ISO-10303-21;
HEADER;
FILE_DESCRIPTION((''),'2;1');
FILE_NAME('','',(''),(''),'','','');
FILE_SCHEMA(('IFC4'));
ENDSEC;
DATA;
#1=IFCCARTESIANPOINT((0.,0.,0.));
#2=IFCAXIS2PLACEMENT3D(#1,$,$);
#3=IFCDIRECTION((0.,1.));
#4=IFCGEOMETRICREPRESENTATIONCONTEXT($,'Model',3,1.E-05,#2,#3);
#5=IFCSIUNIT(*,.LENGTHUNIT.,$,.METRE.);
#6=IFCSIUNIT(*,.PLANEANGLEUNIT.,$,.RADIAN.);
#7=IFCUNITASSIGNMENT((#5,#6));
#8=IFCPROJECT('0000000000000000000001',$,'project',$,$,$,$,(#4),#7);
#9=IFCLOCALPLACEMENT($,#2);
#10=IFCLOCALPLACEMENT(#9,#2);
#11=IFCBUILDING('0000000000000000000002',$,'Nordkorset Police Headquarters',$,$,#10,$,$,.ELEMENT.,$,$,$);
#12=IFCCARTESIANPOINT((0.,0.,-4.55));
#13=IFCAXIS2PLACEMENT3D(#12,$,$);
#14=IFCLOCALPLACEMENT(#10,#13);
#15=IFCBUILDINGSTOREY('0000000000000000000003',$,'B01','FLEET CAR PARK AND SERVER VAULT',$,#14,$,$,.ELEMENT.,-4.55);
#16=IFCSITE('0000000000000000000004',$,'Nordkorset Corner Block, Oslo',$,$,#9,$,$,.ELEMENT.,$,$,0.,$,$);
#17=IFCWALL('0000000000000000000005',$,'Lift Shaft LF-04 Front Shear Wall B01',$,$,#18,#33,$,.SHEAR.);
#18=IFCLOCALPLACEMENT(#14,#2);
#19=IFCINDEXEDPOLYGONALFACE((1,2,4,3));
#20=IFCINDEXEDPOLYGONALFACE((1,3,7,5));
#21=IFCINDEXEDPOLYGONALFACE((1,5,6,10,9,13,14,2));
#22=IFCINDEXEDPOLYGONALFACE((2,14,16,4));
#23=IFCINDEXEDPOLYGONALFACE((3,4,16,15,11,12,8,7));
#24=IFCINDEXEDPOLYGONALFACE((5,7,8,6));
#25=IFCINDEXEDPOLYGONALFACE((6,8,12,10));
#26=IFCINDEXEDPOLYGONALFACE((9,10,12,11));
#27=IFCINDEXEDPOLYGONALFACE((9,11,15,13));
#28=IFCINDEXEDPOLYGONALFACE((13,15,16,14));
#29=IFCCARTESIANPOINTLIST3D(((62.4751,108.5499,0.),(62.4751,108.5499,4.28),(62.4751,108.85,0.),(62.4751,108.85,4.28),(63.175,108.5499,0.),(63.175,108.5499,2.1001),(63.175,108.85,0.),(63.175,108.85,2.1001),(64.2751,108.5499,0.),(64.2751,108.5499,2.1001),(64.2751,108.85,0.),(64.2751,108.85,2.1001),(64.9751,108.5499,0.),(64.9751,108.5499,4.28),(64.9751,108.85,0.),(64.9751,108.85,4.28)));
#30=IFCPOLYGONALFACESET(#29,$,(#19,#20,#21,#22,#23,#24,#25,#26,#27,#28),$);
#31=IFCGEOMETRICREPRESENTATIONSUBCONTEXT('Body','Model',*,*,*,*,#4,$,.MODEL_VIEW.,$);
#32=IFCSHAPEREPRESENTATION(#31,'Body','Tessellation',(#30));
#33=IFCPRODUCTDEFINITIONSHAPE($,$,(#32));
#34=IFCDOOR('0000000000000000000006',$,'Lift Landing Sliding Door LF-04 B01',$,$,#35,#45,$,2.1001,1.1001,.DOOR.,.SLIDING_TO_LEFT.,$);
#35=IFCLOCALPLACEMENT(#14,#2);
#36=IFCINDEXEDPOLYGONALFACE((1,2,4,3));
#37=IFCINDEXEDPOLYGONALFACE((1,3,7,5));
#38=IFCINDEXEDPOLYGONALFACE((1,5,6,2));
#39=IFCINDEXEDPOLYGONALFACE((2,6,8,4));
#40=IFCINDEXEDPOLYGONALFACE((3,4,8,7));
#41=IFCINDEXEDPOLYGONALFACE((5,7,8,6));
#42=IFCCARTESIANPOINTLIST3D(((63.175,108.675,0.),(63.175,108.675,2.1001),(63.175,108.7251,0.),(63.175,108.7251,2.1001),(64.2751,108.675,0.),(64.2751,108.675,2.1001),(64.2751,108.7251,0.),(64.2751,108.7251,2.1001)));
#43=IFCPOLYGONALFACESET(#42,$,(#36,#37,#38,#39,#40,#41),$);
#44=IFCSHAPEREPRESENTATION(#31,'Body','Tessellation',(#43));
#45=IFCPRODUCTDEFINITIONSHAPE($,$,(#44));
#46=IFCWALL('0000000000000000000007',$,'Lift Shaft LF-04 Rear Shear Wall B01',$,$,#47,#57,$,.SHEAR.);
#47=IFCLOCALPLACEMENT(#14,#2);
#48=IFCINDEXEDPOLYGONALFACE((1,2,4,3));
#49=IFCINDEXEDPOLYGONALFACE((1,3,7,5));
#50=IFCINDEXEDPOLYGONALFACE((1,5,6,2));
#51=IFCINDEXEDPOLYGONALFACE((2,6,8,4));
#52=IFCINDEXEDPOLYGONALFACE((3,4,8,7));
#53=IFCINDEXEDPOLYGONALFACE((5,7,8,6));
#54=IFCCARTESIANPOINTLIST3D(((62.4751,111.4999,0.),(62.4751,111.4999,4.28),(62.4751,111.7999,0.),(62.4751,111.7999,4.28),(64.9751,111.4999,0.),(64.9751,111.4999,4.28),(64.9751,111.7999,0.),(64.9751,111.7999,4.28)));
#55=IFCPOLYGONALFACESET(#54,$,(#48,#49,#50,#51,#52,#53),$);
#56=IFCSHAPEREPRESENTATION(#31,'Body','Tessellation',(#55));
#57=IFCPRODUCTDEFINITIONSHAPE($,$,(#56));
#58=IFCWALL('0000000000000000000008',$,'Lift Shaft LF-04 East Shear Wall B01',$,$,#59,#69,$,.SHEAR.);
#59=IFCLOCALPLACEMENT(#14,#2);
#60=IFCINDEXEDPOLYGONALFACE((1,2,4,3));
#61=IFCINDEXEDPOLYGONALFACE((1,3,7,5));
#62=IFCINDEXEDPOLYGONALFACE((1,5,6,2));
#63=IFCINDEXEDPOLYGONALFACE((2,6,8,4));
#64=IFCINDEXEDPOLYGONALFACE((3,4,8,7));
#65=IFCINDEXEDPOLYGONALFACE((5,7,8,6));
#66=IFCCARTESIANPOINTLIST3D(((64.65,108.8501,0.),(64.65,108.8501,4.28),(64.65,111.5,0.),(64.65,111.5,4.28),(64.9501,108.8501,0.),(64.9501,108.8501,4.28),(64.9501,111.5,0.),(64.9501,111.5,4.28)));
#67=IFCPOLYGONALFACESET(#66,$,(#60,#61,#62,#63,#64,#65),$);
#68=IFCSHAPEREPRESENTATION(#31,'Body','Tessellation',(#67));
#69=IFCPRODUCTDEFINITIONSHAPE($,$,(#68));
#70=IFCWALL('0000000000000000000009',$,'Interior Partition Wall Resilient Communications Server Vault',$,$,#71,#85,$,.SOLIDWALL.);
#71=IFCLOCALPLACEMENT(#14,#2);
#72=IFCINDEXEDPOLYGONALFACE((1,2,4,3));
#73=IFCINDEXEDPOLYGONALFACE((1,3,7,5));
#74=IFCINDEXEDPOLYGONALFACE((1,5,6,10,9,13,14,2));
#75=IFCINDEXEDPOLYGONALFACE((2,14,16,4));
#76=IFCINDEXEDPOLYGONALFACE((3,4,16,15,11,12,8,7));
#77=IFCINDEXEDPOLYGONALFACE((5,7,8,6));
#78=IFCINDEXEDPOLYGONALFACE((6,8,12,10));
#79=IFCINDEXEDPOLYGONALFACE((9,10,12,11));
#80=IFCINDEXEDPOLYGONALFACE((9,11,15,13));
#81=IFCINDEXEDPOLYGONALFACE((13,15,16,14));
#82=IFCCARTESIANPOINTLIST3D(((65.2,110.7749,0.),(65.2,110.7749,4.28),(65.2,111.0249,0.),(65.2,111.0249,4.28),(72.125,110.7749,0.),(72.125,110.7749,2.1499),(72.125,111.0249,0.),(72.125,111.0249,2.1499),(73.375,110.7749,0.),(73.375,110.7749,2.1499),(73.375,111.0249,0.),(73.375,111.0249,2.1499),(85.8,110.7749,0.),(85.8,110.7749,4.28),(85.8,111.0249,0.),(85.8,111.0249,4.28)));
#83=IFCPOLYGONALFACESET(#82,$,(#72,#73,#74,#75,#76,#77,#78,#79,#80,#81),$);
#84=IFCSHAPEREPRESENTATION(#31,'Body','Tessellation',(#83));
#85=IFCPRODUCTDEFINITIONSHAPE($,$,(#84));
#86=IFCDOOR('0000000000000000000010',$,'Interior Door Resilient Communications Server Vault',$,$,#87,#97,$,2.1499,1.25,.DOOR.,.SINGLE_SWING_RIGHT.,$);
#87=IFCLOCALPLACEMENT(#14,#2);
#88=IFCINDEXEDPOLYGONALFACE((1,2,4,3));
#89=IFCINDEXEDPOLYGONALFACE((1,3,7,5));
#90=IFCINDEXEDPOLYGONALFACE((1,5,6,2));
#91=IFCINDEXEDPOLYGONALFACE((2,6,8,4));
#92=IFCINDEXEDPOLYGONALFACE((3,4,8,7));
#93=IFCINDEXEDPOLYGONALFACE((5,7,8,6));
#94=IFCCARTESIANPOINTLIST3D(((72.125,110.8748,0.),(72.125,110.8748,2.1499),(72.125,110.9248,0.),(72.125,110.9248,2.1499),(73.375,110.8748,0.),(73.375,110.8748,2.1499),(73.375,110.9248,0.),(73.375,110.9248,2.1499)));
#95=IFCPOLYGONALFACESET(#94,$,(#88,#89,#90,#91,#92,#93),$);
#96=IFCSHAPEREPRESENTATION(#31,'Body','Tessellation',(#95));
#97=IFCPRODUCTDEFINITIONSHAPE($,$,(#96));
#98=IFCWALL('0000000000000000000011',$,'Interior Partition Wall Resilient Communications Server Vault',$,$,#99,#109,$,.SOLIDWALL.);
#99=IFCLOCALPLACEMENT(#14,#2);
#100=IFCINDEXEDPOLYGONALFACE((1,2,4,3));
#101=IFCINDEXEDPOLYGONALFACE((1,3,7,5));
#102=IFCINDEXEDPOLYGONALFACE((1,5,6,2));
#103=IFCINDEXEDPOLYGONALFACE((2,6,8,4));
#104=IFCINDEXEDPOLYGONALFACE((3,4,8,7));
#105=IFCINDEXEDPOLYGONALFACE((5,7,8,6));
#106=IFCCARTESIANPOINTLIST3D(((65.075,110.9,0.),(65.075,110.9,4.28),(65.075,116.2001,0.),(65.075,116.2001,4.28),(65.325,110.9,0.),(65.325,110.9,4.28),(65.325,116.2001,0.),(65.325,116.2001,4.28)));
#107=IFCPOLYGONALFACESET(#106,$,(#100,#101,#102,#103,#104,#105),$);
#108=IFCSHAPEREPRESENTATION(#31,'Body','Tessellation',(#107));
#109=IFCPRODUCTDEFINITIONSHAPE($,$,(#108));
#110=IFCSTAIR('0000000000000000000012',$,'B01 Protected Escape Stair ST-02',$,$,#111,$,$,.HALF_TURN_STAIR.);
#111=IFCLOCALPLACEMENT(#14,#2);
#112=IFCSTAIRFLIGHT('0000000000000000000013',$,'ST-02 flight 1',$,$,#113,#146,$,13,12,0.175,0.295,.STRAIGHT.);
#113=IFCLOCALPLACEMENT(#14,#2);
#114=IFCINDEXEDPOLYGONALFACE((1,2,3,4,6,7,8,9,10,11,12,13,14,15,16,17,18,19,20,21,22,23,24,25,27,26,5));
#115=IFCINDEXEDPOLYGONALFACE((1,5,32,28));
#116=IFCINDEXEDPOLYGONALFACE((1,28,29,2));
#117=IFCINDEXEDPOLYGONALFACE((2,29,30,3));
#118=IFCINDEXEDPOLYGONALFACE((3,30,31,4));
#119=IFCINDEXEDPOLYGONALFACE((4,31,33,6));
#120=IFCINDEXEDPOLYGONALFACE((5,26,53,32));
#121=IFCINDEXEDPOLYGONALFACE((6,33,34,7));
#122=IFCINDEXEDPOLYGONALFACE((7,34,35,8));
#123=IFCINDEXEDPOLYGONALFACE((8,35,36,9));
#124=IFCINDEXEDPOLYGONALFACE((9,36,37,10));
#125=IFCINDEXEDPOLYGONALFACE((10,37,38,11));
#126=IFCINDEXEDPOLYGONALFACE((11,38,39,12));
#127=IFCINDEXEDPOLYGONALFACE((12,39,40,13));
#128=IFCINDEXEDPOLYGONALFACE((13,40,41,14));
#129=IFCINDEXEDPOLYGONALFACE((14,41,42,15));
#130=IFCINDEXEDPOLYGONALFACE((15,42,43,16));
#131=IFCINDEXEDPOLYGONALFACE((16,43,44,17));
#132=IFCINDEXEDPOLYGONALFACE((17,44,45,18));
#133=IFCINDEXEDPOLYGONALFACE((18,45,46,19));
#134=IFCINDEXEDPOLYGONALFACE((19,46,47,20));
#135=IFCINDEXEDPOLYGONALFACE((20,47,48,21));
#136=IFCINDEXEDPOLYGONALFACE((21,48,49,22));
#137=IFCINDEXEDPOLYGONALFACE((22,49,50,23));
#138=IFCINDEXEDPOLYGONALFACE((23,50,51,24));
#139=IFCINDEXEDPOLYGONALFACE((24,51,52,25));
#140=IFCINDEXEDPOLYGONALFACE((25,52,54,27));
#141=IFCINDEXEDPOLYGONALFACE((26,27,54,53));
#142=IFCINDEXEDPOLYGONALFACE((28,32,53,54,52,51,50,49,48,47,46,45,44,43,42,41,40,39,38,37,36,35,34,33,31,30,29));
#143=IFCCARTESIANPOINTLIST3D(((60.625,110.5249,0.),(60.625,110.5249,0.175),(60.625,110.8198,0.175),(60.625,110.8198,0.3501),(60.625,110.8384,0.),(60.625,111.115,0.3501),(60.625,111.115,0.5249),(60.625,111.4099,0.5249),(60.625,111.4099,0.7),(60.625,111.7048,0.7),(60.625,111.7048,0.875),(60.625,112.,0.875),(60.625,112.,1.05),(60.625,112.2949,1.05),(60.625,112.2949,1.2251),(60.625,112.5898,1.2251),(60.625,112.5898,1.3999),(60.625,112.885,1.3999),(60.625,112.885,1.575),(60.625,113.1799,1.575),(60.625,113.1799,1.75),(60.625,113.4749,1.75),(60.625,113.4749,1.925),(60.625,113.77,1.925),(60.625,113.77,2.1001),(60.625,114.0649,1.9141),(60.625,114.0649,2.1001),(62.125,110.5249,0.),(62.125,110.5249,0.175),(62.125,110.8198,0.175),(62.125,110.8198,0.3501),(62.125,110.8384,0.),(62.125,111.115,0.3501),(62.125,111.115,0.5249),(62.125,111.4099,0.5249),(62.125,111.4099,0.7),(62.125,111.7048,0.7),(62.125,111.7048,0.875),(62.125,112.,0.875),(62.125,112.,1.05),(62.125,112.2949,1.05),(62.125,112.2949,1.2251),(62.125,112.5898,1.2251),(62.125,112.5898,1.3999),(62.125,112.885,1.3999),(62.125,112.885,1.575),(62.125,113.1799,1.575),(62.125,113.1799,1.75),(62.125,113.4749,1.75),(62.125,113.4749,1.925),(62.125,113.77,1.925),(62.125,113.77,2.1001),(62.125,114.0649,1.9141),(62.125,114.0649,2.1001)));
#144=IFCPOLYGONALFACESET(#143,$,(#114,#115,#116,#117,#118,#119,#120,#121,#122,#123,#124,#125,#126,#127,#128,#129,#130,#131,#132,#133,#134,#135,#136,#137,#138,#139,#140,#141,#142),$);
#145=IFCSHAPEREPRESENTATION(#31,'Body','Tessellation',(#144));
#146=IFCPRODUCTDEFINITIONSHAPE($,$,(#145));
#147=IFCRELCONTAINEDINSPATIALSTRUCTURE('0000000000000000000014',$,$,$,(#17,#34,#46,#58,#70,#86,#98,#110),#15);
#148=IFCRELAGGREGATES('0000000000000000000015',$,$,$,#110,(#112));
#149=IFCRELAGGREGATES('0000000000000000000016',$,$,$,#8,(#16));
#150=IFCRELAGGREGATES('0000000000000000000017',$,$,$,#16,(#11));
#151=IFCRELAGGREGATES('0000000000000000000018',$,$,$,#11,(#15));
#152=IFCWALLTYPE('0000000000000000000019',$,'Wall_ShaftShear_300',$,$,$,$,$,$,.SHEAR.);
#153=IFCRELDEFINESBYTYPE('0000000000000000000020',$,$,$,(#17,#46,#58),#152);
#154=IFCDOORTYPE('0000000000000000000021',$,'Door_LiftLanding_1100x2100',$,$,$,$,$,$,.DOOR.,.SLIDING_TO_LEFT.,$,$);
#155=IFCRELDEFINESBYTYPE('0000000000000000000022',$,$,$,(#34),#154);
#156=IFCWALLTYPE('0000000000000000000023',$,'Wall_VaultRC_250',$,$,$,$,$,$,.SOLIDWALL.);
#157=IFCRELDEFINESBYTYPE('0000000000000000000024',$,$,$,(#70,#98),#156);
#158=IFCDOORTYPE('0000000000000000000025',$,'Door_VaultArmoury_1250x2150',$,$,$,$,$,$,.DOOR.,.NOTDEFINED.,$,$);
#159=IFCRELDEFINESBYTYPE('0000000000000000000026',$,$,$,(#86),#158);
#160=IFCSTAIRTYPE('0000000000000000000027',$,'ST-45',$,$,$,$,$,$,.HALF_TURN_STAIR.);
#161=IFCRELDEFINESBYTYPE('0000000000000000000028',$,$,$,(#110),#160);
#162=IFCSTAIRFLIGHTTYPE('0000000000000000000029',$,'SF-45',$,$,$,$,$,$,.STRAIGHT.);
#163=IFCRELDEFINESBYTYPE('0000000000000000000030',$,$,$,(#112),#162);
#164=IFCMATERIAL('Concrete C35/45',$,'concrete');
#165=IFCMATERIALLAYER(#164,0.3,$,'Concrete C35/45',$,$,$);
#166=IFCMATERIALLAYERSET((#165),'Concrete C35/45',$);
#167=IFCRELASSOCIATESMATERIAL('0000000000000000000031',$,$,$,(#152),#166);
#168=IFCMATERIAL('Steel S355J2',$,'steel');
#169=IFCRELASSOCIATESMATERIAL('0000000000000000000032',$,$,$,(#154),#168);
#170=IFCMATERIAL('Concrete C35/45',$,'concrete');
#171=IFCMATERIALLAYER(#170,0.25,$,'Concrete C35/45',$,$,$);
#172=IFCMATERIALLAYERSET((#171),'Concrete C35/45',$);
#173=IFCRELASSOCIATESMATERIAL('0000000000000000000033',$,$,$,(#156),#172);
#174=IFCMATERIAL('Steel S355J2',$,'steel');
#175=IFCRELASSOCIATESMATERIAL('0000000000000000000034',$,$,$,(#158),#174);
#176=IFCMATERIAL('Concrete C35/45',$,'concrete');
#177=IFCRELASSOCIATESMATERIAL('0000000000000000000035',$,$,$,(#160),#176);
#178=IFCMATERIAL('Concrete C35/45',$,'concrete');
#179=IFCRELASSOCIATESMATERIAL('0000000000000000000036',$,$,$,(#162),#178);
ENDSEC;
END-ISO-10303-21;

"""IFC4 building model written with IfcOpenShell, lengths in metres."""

from ifc_helpers import new_model, si_unit, direction, frame, frame_2d, origin, place, context, subcontext, project, spatial, polyline, rectangle, outline, extrude, material, layer, layer_set, type_object, element, fill, aggregate, save


model = new_model("IFC4")

# Units and contexts
model_context = context("Model", 3, precision=1e-05, world=origin(), true_north=direction((0.0, 1.0)))
body_context = subcontext(model_context, "Body", "Model", "MODEL_VIEW")
ifc_project = project(units=[si_unit("LENGTHUNIT", "METRE"), si_unit("PLANEANGLEUNIT", "RADIAN")], contexts=[model_context])

# Site, building, storey
site_placement = place(None, origin())
site = spatial("IfcSite", under=ifc_project, at=site_placement, Name="Nordkorset Corner Block, Oslo", CompositionType="ELEMENT", RefElevation=0.0)
building_placement = place(site_placement, origin())
building = spatial("IfcBuilding", under=site, at=building_placement, Name="Nordkorset Police Headquarters", CompositionType="ELEMENT")
storey_placement = place(building_placement, frame((0.0, 0.0, -4.55)))
storey = spatial("IfcBuildingStorey", under=building, at=storey_placement, Name="B01", Description="FLEET CAR PARK AND SERVER VAULT", CompositionType="ELEMENT", Elevation=-4.55)

# Wall, opening, door
ifc_material_1 = material(Name="Concrete C35/45", Category="concrete")
ifc_layer_1 = layer(ifc_material_1, 0.3, Name="Concrete C35/45")
ifc_layer_set_1 = layer_set([ifc_layer_1], Name="Concrete C35/45")
wall_type_1 = type_object("IfcWallType", Name="Wall_ShaftShear_300", PredefinedType="SHEAR", material=ifc_layer_set_1)
wall_1_placement = place(storey_placement, frame((62.4751, 108.7, 0.0), z_axis=(0.0, 0.0, 1.0), x_axis=(1.0, 0.0, 0.0)))
wall_1 = element("IfcWall", 1, at=wall_1_placement, inside=storey, type_object=wall_type_1, Name="Lift Shaft LF-04 Front Shear Wall B01", PredefinedType="SHEAR", context=body_context, shape_type="SweptSolid", body=[
    extrude(rectangle(XDim=2.5, YDim=0.3, at=frame_2d((1.25, 0.0))), origin(), (0.0, 0.0, 1.0), 4.28),
])
opening_1_placement = place(wall_1_placement, frame((0.7, 0.0, 0.0)))
opening_1 = element("IfcOpeningElement", 2, at=opening_1_placement, cuts=wall_1, PredefinedType="OPENING", context=body_context, shape_type="SweptSolid", body=[
    extrude(rectangle(XDim=1.1001, YDim=2.1001, at=frame_2d((0.55, 1.05))), frame((0.0, 0.1602, 0.0), z_axis=(0.0, -1.0, 0.0), x_axis=(1.0, 0.0, 0.0)), (0.0, 0.0, 1.0), 0.3201),
])
ifc_material_2 = material(Name="Steel S355J2", Category="steel")
door_type_1 = type_object("IfcDoorType", Name="Door_LiftLanding_1100x2100", OperationType="SLIDING_TO_LEFT", PredefinedType="DOOR", material=ifc_material_2)
door_1_placement = place(opening_1_placement, frame((1.1001, 0.0, 0.0), z_axis=(0.0, 0.0, 1.0), x_axis=(-1.0, 0.0, 0.0)))
door_1 = element("IfcDoor", 3, at=door_1_placement, inside=storey, type_object=door_type_1, Name="Lift Landing Sliding Door LF-04 B01", OperationType="SLIDING_TO_LEFT", OverallHeight=2.1001, OverallWidth=1.1001, PredefinedType="DOOR", context=body_context, shape_type="SweptSolid", body=[
    extrude(rectangle(XDim=1.1001, YDim=2.1001, at=frame_2d((0.55, 1.05))), frame((0.0, 0.0249, 0.0), z_axis=(0.0, -1.0, 0.0), x_axis=(1.0, 0.0, 0.0)), (0.0, 0.0, 1.0), 0.05),
])
fill(opening_1, door_1)

# Walls
wall_2_placement = place(storey_placement, frame((62.4751, 111.6499, 0.0), z_axis=(0.0, 0.0, 1.0), x_axis=(1.0, 0.0, 0.0)))
element("IfcWall", 4, at=wall_2_placement, inside=storey, type_object=wall_type_1, Name="Lift Shaft LF-04 Rear Shear Wall B01", PredefinedType="SHEAR", context=body_context, shape_type="SweptSolid", body=[
    extrude(rectangle(XDim=2.5, YDim=0.3, at=frame_2d((1.25, 0.0))), origin(), (0.0, 0.0, 1.0), 4.28),
])
wall_3_placement = place(storey_placement, frame((64.8, 108.8501, 0.0), z_axis=(0.0, 0.0, 1.0), x_axis=(0.0, 1.0, 0.0)))
element("IfcWall", 5, at=wall_3_placement, inside=storey, type_object=wall_type_1, Name="Lift Shaft LF-04 East Shear Wall B01", PredefinedType="SHEAR", context=body_context, shape_type="SweptSolid", body=[
    extrude(rectangle(XDim=2.6499, YDim=0.3, at=frame_2d((1.325, 0.0))), origin(), (0.0, 0.0, 1.0), 4.28),
])

# Wall, opening, door
ifc_material_3 = material(Name="Concrete C35/45", Category="concrete")
ifc_layer_2 = layer(ifc_material_3, 0.25, Name="Concrete C35/45")
ifc_layer_set_2 = layer_set([ifc_layer_2], Name="Concrete C35/45")
wall_type_2 = type_object("IfcWallType", Name="Wall_VaultRC_250", PredefinedType="SOLIDWALL", material=ifc_layer_set_2)
wall_4_placement = place(storey_placement, frame((65.2, 110.8999, 0.0), z_axis=(0.0, 0.0, 1.0), x_axis=(1.0, 0.0, 0.0)))
wall_4 = element("IfcWall", 6, at=wall_4_placement, inside=storey, type_object=wall_type_2, Name="Interior Partition Wall Resilient Communications Server Vault", PredefinedType="SOLIDWALL", context=body_context, shape_type="SweptSolid", body=[
    extrude(rectangle(XDim=20.6001, YDim=0.25, at=frame_2d((10.3, 0.0))), origin(), (0.0, 0.0, 1.0), 4.28),
])
opening_2_placement = place(wall_4_placement, frame((6.925, 0.0, 0.0)))
opening_2 = element("IfcOpeningElement", 7, at=opening_2_placement, cuts=wall_4, PredefinedType="OPENING", context=body_context, shape_type="SweptSolid", body=[
    extrude(rectangle(XDim=1.25, YDim=2.1499, at=frame_2d((0.625, 1.075))), frame((0.0, 0.135, 0.0), z_axis=(0.0, -1.0, 0.0), x_axis=(1.0, 0.0, 0.0)), (0.0, 0.0, 1.0), 0.27),
])
ifc_material_4 = material(Name="Steel S355J2", Category="steel")
door_type_2 = type_object("IfcDoorType", Name="Door_VaultArmoury_1250x2150", OperationType="NOTDEFINED", PredefinedType="DOOR", material=ifc_material_4)
door_2_placement = place(opening_2_placement, origin())
door_2 = element("IfcDoor", 8, at=door_2_placement, inside=storey, type_object=door_type_2, Name="Interior Door Resilient Communications Server Vault", OperationType="SINGLE_SWING_RIGHT", OverallHeight=2.1499, OverallWidth=1.25, PredefinedType="DOOR", context=body_context, shape_type="SweptSolid", body=[
    extrude(rectangle(XDim=1.25, YDim=2.1499, at=frame_2d((0.625, 1.075))), frame((0.0, 0.0249, 0.0), z_axis=(0.0, -1.0, 0.0), x_axis=(1.0, 0.0, 0.0)), (0.0, 0.0, 1.0), 0.05),
])
fill(opening_2, door_2)

# Wall
wall_5_placement = place(storey_placement, frame((65.2, 116.2, 0.0), z_axis=(0.0, 0.0, 1.0), x_axis=(0.0, -1.0, 0.0)))
element("IfcWall", 9, at=wall_5_placement, inside=storey, type_object=wall_type_2, Name="Interior Partition Wall Resilient Communications Server Vault", PredefinedType="SOLIDWALL", context=body_context, shape_type="SweptSolid", body=[
    extrude(rectangle(XDim=5.3, YDim=0.25, at=frame_2d((2.6499, 0.0))), origin(), (0.0, 0.0, 1.0), 4.28),
])

# Stair, stair flight
ifc_material_5 = material(Name="Concrete C35/45", Category="concrete")
stair_type = type_object("IfcStairType", Name="ST-45", PredefinedType="HALF_TURN_STAIR", material=ifc_material_5)
stair_placement = place(storey_placement, origin())
stair = element("IfcStair", 10, at=stair_placement, inside=storey, type_object=stair_type, Name="B01 Protected Escape Stair ST-02", PredefinedType="HALF_TURN_STAIR")
ifc_material_6 = material(Name="Concrete C35/45", Category="concrete")
stair_flight_type = type_object("IfcStairFlightType", Name="SF-45", PredefinedType="STRAIGHT", material=ifc_material_6)
stair_flight_1_placement = place(storey_placement, frame((61.375, 110.5249, 0.0), z_axis=(0.0, 0.0, 1.0), x_axis=(0.0, 1.0, 0.0)))
stair_flight_1 = element("IfcStairFlight", 11, at=stair_flight_1_placement, type_object=stair_flight_type, Name="ST-02 flight 1", NumberOfRisers=13, NumberOfTreads=12, PredefinedType="STRAIGHT", RiserHeight=0.175, TreadLength=0.295, context=body_context, shape_type="SweptSolid", body=[
    extrude(outline(polyline([(0.0, 0.0), (0.0, 0.175), (0.2949, 0.175), (0.2949, 0.3501), (0.5901, 0.3501), (0.5901, 0.5249), (0.885, 0.5249), (0.885, 0.7), (1.1799, 0.7), (1.1799, 0.875), (1.4751, 0.875), (1.4751, 1.05), (1.77, 1.05), (1.77, 1.2251), (2.0649, 1.2251), (2.0649, 1.3999), (2.3601, 1.3999), (2.3601, 1.575), (2.655, 1.575), (2.655, 1.75), (2.95, 1.75), (2.95, 1.925), (3.2451, 1.925), (3.2451, 2.1001), (3.54, 2.1001), (3.54, 2.2749), (3.54, 1.9141), (0.3135, 0.0), (0.0, 0.0)])), frame((0.0, 0.75, 0.0), z_axis=(0.0, -1.0, 0.0), x_axis=(1.0, 0.0, 0.0)), (0.0, 0.0, 1.0), 1.5),
])
aggregate(stair, [stair_flight_1])

save(model, "model.ifc")
